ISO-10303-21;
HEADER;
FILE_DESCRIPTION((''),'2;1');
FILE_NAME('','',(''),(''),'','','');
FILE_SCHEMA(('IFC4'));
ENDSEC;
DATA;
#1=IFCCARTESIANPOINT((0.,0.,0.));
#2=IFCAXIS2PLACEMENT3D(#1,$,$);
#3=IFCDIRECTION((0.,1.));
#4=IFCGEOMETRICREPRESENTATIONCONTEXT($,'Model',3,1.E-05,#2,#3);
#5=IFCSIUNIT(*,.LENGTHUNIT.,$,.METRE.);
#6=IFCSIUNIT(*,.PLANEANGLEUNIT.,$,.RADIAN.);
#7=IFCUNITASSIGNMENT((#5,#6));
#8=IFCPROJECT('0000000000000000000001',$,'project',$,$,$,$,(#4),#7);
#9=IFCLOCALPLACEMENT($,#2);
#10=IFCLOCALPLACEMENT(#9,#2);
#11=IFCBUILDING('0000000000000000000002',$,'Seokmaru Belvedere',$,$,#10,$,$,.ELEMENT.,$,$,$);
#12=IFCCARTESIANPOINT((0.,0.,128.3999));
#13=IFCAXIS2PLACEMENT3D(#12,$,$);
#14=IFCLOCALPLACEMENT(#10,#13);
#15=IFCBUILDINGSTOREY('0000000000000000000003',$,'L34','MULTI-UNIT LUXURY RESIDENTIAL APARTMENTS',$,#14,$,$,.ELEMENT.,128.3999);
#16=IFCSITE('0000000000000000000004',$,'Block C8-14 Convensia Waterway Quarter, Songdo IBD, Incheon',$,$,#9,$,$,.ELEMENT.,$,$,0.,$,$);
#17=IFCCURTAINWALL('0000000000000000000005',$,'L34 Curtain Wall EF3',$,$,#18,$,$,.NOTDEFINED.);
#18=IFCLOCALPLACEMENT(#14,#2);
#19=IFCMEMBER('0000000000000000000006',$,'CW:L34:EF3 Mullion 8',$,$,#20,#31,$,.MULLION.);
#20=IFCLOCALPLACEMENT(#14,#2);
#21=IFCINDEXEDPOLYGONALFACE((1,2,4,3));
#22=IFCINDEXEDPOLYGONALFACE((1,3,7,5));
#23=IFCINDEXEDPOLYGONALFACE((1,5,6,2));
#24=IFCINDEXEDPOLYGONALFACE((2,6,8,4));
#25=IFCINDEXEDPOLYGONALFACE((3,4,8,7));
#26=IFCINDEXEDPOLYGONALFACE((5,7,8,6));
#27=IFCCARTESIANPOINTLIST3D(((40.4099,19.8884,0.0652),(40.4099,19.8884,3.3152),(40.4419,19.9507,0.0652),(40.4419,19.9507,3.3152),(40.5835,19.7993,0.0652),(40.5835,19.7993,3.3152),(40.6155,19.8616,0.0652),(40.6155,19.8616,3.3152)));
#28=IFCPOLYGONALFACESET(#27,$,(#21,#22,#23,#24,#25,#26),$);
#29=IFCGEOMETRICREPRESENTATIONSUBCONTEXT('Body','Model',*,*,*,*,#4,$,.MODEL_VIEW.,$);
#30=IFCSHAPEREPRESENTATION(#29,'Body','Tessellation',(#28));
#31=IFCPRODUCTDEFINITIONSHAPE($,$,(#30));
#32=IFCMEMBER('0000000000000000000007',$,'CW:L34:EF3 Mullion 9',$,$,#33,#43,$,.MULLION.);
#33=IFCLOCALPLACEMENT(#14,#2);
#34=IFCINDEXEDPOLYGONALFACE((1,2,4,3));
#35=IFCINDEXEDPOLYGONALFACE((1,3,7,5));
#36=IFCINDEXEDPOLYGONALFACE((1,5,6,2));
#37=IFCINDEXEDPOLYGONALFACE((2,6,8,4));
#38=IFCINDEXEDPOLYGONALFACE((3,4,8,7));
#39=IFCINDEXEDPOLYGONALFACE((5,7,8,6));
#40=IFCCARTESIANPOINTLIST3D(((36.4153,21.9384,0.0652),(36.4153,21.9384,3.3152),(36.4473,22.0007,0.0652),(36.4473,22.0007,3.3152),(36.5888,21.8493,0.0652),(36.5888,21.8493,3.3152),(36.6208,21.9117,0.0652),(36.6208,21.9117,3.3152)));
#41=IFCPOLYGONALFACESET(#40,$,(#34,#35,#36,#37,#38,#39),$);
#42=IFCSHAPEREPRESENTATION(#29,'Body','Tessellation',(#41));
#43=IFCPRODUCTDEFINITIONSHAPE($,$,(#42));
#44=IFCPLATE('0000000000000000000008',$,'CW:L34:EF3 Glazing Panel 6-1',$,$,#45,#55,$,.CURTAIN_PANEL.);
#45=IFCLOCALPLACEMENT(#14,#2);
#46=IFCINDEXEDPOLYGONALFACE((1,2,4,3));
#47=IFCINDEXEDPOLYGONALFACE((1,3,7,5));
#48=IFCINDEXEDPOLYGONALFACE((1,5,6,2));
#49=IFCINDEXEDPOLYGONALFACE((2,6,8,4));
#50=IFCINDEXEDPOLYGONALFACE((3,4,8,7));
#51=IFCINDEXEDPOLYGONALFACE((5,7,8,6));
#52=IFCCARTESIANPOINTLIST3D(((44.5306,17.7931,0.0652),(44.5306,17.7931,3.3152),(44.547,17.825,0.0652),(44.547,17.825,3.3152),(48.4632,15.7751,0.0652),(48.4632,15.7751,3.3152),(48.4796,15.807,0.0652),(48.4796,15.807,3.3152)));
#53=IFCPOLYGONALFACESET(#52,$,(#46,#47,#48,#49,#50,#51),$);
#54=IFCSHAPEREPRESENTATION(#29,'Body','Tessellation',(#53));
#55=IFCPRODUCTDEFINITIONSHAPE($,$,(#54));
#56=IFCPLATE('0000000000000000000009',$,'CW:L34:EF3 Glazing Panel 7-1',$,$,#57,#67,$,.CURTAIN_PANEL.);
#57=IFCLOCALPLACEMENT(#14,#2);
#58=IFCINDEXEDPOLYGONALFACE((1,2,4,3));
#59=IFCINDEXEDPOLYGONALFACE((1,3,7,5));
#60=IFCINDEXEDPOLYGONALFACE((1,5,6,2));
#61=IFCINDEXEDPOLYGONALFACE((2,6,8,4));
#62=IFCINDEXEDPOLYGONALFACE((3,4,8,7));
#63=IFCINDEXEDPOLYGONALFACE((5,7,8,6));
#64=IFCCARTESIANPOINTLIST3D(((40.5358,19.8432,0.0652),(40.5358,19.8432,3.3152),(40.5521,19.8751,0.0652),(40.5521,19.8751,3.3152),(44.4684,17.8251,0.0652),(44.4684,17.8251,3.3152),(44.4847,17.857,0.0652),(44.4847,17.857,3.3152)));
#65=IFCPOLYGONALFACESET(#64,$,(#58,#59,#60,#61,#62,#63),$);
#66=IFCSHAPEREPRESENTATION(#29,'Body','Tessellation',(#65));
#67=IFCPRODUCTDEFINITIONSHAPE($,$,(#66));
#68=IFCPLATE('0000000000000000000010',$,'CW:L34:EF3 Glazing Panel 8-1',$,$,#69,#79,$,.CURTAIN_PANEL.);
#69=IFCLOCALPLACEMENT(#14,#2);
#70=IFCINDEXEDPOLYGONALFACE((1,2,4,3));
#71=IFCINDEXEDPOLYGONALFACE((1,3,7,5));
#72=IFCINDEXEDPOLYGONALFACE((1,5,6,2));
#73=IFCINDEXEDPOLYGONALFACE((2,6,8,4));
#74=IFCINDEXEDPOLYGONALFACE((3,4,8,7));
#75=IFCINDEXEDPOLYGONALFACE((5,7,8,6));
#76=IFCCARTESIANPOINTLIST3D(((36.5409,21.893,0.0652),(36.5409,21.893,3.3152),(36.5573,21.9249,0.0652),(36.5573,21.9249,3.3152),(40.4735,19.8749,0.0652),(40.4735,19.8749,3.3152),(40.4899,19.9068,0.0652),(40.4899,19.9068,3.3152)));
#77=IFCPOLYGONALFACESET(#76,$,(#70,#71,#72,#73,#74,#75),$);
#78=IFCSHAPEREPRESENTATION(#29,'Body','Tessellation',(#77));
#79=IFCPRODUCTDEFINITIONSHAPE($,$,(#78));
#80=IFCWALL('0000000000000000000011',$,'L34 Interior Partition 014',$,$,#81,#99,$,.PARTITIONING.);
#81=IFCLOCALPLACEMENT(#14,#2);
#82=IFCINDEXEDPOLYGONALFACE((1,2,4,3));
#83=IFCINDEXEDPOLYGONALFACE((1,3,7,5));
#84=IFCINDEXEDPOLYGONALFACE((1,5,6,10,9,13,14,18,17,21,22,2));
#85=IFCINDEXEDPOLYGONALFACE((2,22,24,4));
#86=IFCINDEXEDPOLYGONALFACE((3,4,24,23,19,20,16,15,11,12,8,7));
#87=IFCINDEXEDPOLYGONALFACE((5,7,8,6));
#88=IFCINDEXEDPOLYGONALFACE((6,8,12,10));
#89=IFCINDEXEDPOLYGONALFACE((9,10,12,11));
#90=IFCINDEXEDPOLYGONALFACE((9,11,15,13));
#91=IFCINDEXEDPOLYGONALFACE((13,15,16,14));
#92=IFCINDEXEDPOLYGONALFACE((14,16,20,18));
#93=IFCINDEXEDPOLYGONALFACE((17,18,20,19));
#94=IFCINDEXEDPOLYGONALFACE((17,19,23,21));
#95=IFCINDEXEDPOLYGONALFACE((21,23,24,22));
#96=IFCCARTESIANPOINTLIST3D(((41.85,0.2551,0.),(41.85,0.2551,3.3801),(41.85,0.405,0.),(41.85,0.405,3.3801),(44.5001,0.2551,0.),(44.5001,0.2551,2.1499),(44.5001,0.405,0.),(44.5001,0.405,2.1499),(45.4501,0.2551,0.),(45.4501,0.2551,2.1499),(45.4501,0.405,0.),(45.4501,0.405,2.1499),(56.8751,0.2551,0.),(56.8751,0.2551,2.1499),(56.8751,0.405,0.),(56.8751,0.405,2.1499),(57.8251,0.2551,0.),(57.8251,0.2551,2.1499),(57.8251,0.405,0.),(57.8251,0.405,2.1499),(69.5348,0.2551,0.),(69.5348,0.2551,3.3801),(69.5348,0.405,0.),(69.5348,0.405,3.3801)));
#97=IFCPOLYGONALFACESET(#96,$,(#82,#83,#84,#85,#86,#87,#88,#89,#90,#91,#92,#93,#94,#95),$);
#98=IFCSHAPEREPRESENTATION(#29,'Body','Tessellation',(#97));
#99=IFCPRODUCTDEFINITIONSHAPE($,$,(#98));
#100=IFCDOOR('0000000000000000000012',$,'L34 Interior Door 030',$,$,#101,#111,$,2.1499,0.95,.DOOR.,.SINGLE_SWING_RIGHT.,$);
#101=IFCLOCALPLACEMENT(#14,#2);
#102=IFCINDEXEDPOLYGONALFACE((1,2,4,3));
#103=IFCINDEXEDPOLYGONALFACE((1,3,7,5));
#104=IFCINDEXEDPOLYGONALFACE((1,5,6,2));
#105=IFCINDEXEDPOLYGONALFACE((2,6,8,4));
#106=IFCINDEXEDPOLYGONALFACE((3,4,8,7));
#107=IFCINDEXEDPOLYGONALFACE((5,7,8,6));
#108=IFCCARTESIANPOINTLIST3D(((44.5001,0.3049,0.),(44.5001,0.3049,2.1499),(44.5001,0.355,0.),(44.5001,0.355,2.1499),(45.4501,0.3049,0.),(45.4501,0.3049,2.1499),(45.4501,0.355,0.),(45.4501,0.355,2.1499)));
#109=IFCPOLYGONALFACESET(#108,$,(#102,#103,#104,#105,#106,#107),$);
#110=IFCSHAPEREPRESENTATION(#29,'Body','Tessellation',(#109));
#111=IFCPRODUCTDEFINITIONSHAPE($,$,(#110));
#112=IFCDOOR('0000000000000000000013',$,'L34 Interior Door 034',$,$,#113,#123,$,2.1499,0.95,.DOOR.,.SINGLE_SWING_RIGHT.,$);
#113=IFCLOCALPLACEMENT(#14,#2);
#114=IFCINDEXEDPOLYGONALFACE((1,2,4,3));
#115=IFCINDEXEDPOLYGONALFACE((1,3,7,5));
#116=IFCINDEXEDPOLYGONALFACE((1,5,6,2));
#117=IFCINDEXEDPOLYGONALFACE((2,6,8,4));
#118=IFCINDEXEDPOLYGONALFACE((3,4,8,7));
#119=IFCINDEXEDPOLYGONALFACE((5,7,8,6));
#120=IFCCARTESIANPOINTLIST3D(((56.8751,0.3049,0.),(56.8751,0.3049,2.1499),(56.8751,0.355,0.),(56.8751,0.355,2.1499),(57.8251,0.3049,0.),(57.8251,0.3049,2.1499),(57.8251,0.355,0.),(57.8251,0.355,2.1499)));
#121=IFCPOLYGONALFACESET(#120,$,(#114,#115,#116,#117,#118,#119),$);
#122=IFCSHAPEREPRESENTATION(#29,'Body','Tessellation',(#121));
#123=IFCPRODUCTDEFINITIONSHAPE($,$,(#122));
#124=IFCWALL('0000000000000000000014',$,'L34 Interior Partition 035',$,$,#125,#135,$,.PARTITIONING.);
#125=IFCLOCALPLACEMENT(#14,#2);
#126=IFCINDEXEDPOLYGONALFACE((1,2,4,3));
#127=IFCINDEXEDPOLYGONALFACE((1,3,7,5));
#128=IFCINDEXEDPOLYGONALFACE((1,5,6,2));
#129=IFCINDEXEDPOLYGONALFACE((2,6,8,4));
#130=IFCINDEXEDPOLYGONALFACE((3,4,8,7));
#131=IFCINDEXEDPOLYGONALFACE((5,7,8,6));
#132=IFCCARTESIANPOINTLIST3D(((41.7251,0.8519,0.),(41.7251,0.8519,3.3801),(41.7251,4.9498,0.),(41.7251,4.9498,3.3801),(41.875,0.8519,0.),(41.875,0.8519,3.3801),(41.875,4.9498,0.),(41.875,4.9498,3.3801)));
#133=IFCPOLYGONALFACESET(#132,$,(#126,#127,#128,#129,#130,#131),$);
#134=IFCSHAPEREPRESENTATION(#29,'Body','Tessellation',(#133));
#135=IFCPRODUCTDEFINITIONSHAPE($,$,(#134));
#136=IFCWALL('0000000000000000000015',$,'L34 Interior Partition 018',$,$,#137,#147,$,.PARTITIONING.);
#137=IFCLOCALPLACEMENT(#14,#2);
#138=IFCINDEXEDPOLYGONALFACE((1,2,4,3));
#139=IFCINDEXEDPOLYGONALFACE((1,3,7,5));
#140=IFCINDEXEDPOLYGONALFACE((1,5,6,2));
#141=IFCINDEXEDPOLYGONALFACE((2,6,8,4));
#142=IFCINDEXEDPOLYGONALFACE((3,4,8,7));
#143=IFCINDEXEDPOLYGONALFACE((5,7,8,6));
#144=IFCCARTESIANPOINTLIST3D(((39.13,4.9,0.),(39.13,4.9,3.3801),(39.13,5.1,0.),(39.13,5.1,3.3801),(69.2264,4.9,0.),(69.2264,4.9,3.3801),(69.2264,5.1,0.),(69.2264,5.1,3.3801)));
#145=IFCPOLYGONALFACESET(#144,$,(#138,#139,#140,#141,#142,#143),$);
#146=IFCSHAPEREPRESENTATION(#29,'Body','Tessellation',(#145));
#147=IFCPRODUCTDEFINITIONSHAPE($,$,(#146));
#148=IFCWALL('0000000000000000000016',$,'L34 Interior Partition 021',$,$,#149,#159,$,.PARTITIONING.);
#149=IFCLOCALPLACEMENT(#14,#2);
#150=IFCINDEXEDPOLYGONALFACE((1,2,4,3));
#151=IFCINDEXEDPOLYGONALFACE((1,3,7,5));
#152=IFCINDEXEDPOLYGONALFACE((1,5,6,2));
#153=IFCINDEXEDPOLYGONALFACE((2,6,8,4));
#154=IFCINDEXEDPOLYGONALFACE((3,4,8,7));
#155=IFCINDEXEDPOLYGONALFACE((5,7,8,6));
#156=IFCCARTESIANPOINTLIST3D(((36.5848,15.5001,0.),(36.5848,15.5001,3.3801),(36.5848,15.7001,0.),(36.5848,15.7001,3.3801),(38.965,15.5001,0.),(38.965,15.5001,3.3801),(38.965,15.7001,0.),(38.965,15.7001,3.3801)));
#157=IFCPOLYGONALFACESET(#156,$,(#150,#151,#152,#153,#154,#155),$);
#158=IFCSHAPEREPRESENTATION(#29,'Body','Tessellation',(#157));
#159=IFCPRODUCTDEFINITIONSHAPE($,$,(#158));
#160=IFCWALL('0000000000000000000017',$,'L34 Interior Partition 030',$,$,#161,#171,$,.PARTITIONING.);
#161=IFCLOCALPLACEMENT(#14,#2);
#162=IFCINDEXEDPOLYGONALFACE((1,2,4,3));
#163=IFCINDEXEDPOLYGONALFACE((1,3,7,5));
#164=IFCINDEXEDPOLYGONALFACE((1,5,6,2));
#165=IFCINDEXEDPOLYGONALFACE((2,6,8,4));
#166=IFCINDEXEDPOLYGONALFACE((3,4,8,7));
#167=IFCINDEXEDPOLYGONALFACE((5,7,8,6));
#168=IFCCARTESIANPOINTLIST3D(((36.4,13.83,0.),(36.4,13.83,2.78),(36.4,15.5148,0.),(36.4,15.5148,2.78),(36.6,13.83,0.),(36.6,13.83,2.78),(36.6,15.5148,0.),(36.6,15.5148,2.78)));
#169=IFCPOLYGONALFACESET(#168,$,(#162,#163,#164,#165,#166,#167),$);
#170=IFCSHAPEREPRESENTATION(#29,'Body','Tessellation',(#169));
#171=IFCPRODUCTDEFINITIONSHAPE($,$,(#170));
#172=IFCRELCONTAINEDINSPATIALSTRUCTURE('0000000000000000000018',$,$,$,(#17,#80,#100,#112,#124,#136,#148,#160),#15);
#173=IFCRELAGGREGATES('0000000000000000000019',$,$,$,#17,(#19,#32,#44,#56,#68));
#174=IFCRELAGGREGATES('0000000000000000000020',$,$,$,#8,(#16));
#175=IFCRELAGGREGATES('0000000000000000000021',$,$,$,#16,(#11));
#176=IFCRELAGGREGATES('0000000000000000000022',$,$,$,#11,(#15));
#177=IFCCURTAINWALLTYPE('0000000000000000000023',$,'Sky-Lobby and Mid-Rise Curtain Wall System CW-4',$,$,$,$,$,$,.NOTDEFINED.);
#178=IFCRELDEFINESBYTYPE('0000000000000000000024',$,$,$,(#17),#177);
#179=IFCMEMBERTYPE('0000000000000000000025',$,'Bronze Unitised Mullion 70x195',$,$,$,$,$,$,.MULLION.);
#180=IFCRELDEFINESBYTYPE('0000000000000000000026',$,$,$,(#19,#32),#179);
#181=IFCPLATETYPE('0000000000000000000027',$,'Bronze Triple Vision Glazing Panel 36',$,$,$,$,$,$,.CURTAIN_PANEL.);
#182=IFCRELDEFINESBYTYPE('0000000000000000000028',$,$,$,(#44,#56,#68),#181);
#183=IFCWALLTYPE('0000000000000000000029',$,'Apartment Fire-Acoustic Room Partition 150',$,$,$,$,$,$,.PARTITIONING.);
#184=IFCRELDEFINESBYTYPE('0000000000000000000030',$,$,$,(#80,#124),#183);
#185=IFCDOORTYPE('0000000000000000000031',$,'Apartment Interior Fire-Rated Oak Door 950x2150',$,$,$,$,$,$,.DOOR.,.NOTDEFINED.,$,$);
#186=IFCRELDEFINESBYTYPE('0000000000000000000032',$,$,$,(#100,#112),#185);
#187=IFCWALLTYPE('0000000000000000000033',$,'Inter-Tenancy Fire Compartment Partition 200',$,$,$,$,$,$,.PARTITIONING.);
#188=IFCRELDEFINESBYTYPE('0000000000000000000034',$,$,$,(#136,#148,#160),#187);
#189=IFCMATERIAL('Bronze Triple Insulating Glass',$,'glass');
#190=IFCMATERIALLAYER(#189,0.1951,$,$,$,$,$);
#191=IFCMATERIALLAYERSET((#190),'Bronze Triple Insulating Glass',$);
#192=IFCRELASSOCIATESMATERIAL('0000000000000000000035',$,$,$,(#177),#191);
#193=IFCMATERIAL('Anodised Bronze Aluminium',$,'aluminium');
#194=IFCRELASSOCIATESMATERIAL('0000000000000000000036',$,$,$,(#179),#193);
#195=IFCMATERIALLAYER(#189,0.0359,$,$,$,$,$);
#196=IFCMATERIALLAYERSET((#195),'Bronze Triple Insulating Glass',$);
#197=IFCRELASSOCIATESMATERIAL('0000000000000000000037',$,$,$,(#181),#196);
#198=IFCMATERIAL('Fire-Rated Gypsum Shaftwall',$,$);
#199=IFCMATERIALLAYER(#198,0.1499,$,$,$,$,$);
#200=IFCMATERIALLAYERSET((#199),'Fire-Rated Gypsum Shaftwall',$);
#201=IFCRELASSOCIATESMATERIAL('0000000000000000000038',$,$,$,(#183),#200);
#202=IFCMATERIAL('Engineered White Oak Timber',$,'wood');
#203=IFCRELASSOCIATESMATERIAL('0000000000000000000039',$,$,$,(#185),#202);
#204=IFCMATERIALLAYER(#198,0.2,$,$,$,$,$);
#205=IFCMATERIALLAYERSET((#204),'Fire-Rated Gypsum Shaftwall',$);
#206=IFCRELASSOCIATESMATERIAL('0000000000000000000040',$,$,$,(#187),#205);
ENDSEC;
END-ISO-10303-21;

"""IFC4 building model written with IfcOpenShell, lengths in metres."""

from ifc_helpers import new_model, si_unit, direction, frame, frame_2d, origin, origin_2d, place, context, subcontext, project, spatial, rectangle, extrude, source, transform, mapped, material, layer, layer_set, material_profile, profile_set, type_object, type_shapes, element, fill, aggregate, save


model = new_model("IFC4")

# Units and contexts
model_context = context("Model", 3, precision=1e-05, world=origin(), true_north=direction((0.0, 1.0)))
body_context = subcontext(model_context, "Body", "Model", "MODEL_VIEW")
ifc_project = project(units=[si_unit("LENGTHUNIT", "METRE"), si_unit("PLANEANGLEUNIT", "RADIAN")], contexts=[model_context])

# Site, building, storey
site_placement = place(None, origin())
site = spatial("IfcSite", under=ifc_project, at=site_placement, Name="Block C8-14 Convensia Waterway Quarter, Songdo IBD, Incheon", CompositionType="ELEMENT", RefElevation=0.0)
building_placement = place(site_placement, origin())
building = spatial("IfcBuilding", under=site, at=building_placement, Name="Seokmaru Belvedere", CompositionType="ELEMENT")
storey_placement = place(building_placement, frame((0.0, 0.0, 128.3999)))
storey = spatial("IfcBuildingStorey", under=building, at=storey_placement, Name="L34", Description="MULTI-UNIT LUXURY RESIDENTIAL APARTMENTS", CompositionType="ELEMENT", Elevation=128.3999)

# Curtain wall, members, plates
ifc_material_1 = material(Name="Bronze Triple Insulating Glass", Category="glass")
ifc_layer_1 = layer(ifc_material_1, 0.1951)
ifc_layer_set_1 = layer_set([ifc_layer_1], Name="Bronze Triple Insulating Glass")
curtain_wall_type = type_object("IfcCurtainWallType", Name="Sky-Lobby and Mid-Rise Curtain Wall System CW-4", PredefinedType="NOTDEFINED", material=ifc_layer_set_1)
curtain_wall_placement = place(storey_placement, origin())
curtain_wall = element("IfcCurtainWall", 1, at=curtain_wall_placement, inside=storey, type_object=curtain_wall_type, Name="L34 Curtain Wall EF3", PredefinedType="NOTDEFINED")
ifc_material_2 = material(Name="Anodised Bronze Aluminium", Category="aluminium")
ifc_material_profile_1 = material_profile(ifc_material_2, rectangle(XDim=0.0701, YDim=0.1951, at=origin_2d()), Name="CW-M-70x195")
ifc_profile_set_1 = profile_set([ifc_material_profile_1], Name="Anodised Bronze Aluminium")
member_type = type_object("IfcMemberType", Name="Bronze Unitised Mullion 70x195", PredefinedType="MULLION", material=ifc_profile_set_1)
shared_shape_1 = source(origin(), body_context, "Body", "SweptSolid", [
    extrude(rectangle(XDim=0.0701, YDim=0.1951, at=origin_2d()), origin(), (0.0, 0.0, 1.0), 3.25),
])
type_shapes(member_type, [shared_shape_1])
member_1_placement = place(storey_placement, frame((40.5127, 19.875, 0.0652), z_axis=(0.0, 0.0, 1.0), x_axis=(-0.456555, -0.889695, 0.0)))
member_1 = element("IfcMember", 2, at=member_1_placement, type_object=member_type, Name="CW:L34:EF3 Mullion 8", PredefinedType="MULLION", context=body_context, shape_type="MappedRepresentation", body=[
    mapped(shared_shape_1, transform((0.0, 0.0, 0.0), scale=1.0)),
])
member_2_placement = place(storey_placement, frame((36.5181, 21.925, 0.0652), z_axis=(0.0, 0.0, 1.0), x_axis=(-0.456555, -0.889695, 0.0)))
member_2 = element("IfcMember", 3, at=member_2_placement, type_object=member_type, Name="CW:L34:EF3 Mullion 9", PredefinedType="MULLION", context=body_context, shape_type="MappedRepresentation", body=[
    mapped(shared_shape_1, transform((0.0, 0.0, 0.0), scale=1.0)),
])
ifc_layer_2 = layer(ifc_material_1, 0.0359)
ifc_layer_set_2 = layer_set([ifc_layer_2], Name="Bronze Triple Insulating Glass")
plate_type = type_object("IfcPlateType", Name="Bronze Triple Vision Glazing Panel 36", PredefinedType="CURTAIN_PANEL", material=ifc_layer_set_2)
shared_shape_2 = source(origin(), body_context, "Body", "SweptSolid", [
    extrude(rectangle(XDim=4.4202, YDim=0.0359, at=origin_2d()), origin(), (0.0, 0.0, 1.0), 3.25),
])
type_shapes(plate_type, [shared_shape_2])
plate_1_placement = place(storey_placement, frame((46.5051, 16.8, 0.0652), z_axis=(0.0, 0.0, 1.0), x_axis=(-0.889695, 0.456555, 0.0)))
plate_1 = element("IfcPlate", 4, at=plate_1_placement, type_object=plate_type, Name="CW:L34:EF3 Glazing Panel 6-1", PredefinedType="CURTAIN_PANEL", context=body_context, shape_type="MappedRepresentation", body=[
    mapped(shared_shape_2, transform((0.0, 0.0, 0.0), scale=1.0)),
])
plate_2_placement = place(storey_placement, frame((42.5103, 18.8501, 0.0652), z_axis=(0.0, 0.0, 1.0), x_axis=(-0.889695, 0.456555, 0.0)))
plate_2 = element("IfcPlate", 5, at=plate_2_placement, type_object=plate_type, Name="CW:L34:EF3 Glazing Panel 7-1", PredefinedType="CURTAIN_PANEL", context=body_context, shape_type="MappedRepresentation", body=[
    mapped(shared_shape_2, transform((0.0, 0.0, 0.0), scale=1.0)),
])
plate_3_placement = place(storey_placement, frame((38.5154, 20.8999, 0.0652), z_axis=(0.0, 0.0, 1.0), x_axis=(-0.889695, 0.456555, 0.0)))
plate_3 = element("IfcPlate", 6, at=plate_3_placement, type_object=plate_type, Name="CW:L34:EF3 Glazing Panel 8-1", PredefinedType="CURTAIN_PANEL", context=body_context, shape_type="MappedRepresentation", body=[
    mapped(shared_shape_2, transform((0.0, 0.0, 0.0), scale=1.0)),
])
aggregate(curtain_wall, [member_1, member_2, plate_1, plate_2, plate_3])

# Wall, openings, doors
ifc_material_3 = material(Name="Fire-Rated Gypsum Shaftwall")
ifc_layer_3 = layer(ifc_material_3, 0.1499)
ifc_layer_set_3 = layer_set([ifc_layer_3], Name="Fire-Rated Gypsum Shaftwall")
wall_type_1 = type_object("IfcWallType", Name="Apartment Fire-Acoustic Room Partition 150", PredefinedType="PARTITIONING", material=ifc_layer_set_3)
wall_1_placement = place(storey_placement, frame((41.8501, 0.3301, 0.0), z_axis=(0.0, 0.0, 1.0), x_axis=(1.0, 0.0, 0.0)))
wall_1 = element("IfcWall", 7, at=wall_1_placement, inside=storey, type_object=wall_type_1, Name="L34 Interior Partition 014", PredefinedType="PARTITIONING", context=body_context, shape_type="SweptSolid", body=[
    extrude(rectangle(XDim=27.6848, YDim=0.1499, at=frame_2d((13.8423, 0.0))), origin(), (0.0, 0.0, 1.0), 3.3801),
])
opening_1_placement = place(wall_1_placement, frame((2.6499, 0.0, 0.0)))
opening_1 = element("IfcOpeningElement", 8, at=opening_1_placement, cuts=wall_1, PredefinedType="OPENING", context=body_context, shape_type="SweptSolid", body=[
    extrude(rectangle(XDim=0.95, YDim=2.1499, at=frame_2d((0.4751, 1.075))), frame((0.0, 0.085, 0.0), z_axis=(0.0, -1.0, 0.0), x_axis=(1.0, 0.0, 0.0)), (0.0, 0.0, 1.0), 0.1699),
])
opening_2_placement = place(wall_1_placement, frame((15.0249, 0.0, 0.0)))
opening_2 = element("IfcOpeningElement", 9, at=opening_2_placement, cuts=wall_1, PredefinedType="OPENING", context=body_context, shape_type="SweptSolid", body=[
    extrude(rectangle(XDim=0.95, YDim=2.1499, at=frame_2d((0.4751, 1.075))), frame((0.0, 0.085, 0.0), z_axis=(0.0, -1.0, 0.0), x_axis=(1.0, 0.0, 0.0)), (0.0, 0.0, 1.0), 0.1699),
])
ifc_material_4 = material(Name="Engineered White Oak Timber", Category="wood")
door_type = type_object("IfcDoorType", Name="Apartment Interior Fire-Rated Oak Door 950x2150", OperationType="NOTDEFINED", PredefinedType="DOOR", material=ifc_material_4)
shared_shape_3 = source(origin(), body_context, "Body", "SweptSolid", [
    extrude(rectangle(XDim=0.95, YDim=2.1499, at=frame_2d((0.4751, 1.075))), frame((0.0, 0.0249, 0.0), z_axis=(0.0, -1.0, 0.0), x_axis=(1.0, 0.0, 0.0)), (0.0, 0.0, 1.0), 0.05),
])
type_shapes(door_type, [shared_shape_3])
door_1_placement = place(opening_1_placement, origin())
door_1 = element("IfcDoor", 10, at=door_1_placement, inside=storey, type_object=door_type, Name="L34 Interior Door 030", OperationType="SINGLE_SWING_RIGHT", OverallHeight=2.1499, OverallWidth=0.95, PredefinedType="DOOR", context=body_context, shape_type="MappedRepresentation", body=[
    mapped(shared_shape_3, transform((0.0, 0.0, 0.0), scale=1.0)),
])
fill(opening_1, door_1)
door_2_placement = place(opening_2_placement, origin())
door_2 = element("IfcDoor", 11, at=door_2_placement, inside=storey, type_object=door_type, Name="L34 Interior Door 034", OperationType="SINGLE_SWING_RIGHT", OverallHeight=2.1499, OverallWidth=0.95, PredefinedType="DOOR", context=body_context, shape_type="MappedRepresentation", body=[
    mapped(shared_shape_3, transform((0.0, 0.0, 0.0), scale=1.0)),
])
fill(opening_2, door_2)

# Walls
wall_2_placement = place(storey_placement, frame((41.8, 0.8521, 0.0), z_axis=(0.0, 0.0, 1.0), x_axis=(0.0, 1.0, 0.0)))
element("IfcWall", 12, at=wall_2_placement, inside=storey, type_object=wall_type_1, Name="L34 Interior Partition 035", PredefinedType="PARTITIONING", context=body_context, shape_type="SweptSolid", body=[
    extrude(rectangle(XDim=4.0979, YDim=0.1499, at=frame_2d((2.0488, 0.0))), origin(), (0.0, 0.0, 1.0), 3.3801),
])
ifc_layer_4 = layer(ifc_material_3, 0.2)
ifc_layer_set_4 = layer_set([ifc_layer_4], Name="Fire-Rated Gypsum Shaftwall")
wall_type_2 = type_object("IfcWallType", Name="Inter-Tenancy Fire Compartment Partition 200", PredefinedType="PARTITIONING", material=ifc_layer_set_4)
wall_3_placement = place(storey_placement, frame((39.1299, 5.0, 0.0), z_axis=(0.0, 0.0, 1.0), x_axis=(1.0, 0.0, 0.0)))
element("IfcWall", 13, at=wall_3_placement, inside=storey, type_object=wall_type_2, Name="L34 Interior Partition 018", PredefinedType="PARTITIONING", context=body_context, shape_type="SweptSolid", body=[
    extrude(rectangle(XDim=30.0964, YDim=0.2, at=frame_2d((15.0483, 0.0))), origin(), (0.0, 0.0, 1.0), 3.3801),
])
wall_4_placement = place(storey_placement, frame((36.585, 15.6001, 0.0), z_axis=(0.0, 0.0, 1.0), x_axis=(1.0, 0.0, 0.0)))
element("IfcWall", 14, at=wall_4_placement, inside=storey, type_object=wall_type_2, Name="L34 Interior Partition 021", PredefinedType="PARTITIONING", context=body_context, shape_type="SweptSolid", body=[
    extrude(rectangle(XDim=2.3801, YDim=0.2, at=frame_2d((1.1899, 0.0))), origin(), (0.0, 0.0, 1.0), 3.3801),
])
wall_5_placement = place(storey_placement, frame((36.5, 13.8301, 0.0), z_axis=(0.0, 0.0, 1.0), x_axis=(0.0, 1.0, 0.0)))
element("IfcWall", 15, at=wall_5_placement, inside=storey, type_object=wall_type_2, Name="L34 Interior Partition 030", PredefinedType="PARTITIONING", context=body_context, shape_type="SweptSolid", body=[
    extrude(rectangle(XDim=1.6848, YDim=0.2, at=frame_2d((0.8423, 0.0))), origin(), (0.0, 0.0, 1.0), 2.78),
])

save(model, "model.ifc")
